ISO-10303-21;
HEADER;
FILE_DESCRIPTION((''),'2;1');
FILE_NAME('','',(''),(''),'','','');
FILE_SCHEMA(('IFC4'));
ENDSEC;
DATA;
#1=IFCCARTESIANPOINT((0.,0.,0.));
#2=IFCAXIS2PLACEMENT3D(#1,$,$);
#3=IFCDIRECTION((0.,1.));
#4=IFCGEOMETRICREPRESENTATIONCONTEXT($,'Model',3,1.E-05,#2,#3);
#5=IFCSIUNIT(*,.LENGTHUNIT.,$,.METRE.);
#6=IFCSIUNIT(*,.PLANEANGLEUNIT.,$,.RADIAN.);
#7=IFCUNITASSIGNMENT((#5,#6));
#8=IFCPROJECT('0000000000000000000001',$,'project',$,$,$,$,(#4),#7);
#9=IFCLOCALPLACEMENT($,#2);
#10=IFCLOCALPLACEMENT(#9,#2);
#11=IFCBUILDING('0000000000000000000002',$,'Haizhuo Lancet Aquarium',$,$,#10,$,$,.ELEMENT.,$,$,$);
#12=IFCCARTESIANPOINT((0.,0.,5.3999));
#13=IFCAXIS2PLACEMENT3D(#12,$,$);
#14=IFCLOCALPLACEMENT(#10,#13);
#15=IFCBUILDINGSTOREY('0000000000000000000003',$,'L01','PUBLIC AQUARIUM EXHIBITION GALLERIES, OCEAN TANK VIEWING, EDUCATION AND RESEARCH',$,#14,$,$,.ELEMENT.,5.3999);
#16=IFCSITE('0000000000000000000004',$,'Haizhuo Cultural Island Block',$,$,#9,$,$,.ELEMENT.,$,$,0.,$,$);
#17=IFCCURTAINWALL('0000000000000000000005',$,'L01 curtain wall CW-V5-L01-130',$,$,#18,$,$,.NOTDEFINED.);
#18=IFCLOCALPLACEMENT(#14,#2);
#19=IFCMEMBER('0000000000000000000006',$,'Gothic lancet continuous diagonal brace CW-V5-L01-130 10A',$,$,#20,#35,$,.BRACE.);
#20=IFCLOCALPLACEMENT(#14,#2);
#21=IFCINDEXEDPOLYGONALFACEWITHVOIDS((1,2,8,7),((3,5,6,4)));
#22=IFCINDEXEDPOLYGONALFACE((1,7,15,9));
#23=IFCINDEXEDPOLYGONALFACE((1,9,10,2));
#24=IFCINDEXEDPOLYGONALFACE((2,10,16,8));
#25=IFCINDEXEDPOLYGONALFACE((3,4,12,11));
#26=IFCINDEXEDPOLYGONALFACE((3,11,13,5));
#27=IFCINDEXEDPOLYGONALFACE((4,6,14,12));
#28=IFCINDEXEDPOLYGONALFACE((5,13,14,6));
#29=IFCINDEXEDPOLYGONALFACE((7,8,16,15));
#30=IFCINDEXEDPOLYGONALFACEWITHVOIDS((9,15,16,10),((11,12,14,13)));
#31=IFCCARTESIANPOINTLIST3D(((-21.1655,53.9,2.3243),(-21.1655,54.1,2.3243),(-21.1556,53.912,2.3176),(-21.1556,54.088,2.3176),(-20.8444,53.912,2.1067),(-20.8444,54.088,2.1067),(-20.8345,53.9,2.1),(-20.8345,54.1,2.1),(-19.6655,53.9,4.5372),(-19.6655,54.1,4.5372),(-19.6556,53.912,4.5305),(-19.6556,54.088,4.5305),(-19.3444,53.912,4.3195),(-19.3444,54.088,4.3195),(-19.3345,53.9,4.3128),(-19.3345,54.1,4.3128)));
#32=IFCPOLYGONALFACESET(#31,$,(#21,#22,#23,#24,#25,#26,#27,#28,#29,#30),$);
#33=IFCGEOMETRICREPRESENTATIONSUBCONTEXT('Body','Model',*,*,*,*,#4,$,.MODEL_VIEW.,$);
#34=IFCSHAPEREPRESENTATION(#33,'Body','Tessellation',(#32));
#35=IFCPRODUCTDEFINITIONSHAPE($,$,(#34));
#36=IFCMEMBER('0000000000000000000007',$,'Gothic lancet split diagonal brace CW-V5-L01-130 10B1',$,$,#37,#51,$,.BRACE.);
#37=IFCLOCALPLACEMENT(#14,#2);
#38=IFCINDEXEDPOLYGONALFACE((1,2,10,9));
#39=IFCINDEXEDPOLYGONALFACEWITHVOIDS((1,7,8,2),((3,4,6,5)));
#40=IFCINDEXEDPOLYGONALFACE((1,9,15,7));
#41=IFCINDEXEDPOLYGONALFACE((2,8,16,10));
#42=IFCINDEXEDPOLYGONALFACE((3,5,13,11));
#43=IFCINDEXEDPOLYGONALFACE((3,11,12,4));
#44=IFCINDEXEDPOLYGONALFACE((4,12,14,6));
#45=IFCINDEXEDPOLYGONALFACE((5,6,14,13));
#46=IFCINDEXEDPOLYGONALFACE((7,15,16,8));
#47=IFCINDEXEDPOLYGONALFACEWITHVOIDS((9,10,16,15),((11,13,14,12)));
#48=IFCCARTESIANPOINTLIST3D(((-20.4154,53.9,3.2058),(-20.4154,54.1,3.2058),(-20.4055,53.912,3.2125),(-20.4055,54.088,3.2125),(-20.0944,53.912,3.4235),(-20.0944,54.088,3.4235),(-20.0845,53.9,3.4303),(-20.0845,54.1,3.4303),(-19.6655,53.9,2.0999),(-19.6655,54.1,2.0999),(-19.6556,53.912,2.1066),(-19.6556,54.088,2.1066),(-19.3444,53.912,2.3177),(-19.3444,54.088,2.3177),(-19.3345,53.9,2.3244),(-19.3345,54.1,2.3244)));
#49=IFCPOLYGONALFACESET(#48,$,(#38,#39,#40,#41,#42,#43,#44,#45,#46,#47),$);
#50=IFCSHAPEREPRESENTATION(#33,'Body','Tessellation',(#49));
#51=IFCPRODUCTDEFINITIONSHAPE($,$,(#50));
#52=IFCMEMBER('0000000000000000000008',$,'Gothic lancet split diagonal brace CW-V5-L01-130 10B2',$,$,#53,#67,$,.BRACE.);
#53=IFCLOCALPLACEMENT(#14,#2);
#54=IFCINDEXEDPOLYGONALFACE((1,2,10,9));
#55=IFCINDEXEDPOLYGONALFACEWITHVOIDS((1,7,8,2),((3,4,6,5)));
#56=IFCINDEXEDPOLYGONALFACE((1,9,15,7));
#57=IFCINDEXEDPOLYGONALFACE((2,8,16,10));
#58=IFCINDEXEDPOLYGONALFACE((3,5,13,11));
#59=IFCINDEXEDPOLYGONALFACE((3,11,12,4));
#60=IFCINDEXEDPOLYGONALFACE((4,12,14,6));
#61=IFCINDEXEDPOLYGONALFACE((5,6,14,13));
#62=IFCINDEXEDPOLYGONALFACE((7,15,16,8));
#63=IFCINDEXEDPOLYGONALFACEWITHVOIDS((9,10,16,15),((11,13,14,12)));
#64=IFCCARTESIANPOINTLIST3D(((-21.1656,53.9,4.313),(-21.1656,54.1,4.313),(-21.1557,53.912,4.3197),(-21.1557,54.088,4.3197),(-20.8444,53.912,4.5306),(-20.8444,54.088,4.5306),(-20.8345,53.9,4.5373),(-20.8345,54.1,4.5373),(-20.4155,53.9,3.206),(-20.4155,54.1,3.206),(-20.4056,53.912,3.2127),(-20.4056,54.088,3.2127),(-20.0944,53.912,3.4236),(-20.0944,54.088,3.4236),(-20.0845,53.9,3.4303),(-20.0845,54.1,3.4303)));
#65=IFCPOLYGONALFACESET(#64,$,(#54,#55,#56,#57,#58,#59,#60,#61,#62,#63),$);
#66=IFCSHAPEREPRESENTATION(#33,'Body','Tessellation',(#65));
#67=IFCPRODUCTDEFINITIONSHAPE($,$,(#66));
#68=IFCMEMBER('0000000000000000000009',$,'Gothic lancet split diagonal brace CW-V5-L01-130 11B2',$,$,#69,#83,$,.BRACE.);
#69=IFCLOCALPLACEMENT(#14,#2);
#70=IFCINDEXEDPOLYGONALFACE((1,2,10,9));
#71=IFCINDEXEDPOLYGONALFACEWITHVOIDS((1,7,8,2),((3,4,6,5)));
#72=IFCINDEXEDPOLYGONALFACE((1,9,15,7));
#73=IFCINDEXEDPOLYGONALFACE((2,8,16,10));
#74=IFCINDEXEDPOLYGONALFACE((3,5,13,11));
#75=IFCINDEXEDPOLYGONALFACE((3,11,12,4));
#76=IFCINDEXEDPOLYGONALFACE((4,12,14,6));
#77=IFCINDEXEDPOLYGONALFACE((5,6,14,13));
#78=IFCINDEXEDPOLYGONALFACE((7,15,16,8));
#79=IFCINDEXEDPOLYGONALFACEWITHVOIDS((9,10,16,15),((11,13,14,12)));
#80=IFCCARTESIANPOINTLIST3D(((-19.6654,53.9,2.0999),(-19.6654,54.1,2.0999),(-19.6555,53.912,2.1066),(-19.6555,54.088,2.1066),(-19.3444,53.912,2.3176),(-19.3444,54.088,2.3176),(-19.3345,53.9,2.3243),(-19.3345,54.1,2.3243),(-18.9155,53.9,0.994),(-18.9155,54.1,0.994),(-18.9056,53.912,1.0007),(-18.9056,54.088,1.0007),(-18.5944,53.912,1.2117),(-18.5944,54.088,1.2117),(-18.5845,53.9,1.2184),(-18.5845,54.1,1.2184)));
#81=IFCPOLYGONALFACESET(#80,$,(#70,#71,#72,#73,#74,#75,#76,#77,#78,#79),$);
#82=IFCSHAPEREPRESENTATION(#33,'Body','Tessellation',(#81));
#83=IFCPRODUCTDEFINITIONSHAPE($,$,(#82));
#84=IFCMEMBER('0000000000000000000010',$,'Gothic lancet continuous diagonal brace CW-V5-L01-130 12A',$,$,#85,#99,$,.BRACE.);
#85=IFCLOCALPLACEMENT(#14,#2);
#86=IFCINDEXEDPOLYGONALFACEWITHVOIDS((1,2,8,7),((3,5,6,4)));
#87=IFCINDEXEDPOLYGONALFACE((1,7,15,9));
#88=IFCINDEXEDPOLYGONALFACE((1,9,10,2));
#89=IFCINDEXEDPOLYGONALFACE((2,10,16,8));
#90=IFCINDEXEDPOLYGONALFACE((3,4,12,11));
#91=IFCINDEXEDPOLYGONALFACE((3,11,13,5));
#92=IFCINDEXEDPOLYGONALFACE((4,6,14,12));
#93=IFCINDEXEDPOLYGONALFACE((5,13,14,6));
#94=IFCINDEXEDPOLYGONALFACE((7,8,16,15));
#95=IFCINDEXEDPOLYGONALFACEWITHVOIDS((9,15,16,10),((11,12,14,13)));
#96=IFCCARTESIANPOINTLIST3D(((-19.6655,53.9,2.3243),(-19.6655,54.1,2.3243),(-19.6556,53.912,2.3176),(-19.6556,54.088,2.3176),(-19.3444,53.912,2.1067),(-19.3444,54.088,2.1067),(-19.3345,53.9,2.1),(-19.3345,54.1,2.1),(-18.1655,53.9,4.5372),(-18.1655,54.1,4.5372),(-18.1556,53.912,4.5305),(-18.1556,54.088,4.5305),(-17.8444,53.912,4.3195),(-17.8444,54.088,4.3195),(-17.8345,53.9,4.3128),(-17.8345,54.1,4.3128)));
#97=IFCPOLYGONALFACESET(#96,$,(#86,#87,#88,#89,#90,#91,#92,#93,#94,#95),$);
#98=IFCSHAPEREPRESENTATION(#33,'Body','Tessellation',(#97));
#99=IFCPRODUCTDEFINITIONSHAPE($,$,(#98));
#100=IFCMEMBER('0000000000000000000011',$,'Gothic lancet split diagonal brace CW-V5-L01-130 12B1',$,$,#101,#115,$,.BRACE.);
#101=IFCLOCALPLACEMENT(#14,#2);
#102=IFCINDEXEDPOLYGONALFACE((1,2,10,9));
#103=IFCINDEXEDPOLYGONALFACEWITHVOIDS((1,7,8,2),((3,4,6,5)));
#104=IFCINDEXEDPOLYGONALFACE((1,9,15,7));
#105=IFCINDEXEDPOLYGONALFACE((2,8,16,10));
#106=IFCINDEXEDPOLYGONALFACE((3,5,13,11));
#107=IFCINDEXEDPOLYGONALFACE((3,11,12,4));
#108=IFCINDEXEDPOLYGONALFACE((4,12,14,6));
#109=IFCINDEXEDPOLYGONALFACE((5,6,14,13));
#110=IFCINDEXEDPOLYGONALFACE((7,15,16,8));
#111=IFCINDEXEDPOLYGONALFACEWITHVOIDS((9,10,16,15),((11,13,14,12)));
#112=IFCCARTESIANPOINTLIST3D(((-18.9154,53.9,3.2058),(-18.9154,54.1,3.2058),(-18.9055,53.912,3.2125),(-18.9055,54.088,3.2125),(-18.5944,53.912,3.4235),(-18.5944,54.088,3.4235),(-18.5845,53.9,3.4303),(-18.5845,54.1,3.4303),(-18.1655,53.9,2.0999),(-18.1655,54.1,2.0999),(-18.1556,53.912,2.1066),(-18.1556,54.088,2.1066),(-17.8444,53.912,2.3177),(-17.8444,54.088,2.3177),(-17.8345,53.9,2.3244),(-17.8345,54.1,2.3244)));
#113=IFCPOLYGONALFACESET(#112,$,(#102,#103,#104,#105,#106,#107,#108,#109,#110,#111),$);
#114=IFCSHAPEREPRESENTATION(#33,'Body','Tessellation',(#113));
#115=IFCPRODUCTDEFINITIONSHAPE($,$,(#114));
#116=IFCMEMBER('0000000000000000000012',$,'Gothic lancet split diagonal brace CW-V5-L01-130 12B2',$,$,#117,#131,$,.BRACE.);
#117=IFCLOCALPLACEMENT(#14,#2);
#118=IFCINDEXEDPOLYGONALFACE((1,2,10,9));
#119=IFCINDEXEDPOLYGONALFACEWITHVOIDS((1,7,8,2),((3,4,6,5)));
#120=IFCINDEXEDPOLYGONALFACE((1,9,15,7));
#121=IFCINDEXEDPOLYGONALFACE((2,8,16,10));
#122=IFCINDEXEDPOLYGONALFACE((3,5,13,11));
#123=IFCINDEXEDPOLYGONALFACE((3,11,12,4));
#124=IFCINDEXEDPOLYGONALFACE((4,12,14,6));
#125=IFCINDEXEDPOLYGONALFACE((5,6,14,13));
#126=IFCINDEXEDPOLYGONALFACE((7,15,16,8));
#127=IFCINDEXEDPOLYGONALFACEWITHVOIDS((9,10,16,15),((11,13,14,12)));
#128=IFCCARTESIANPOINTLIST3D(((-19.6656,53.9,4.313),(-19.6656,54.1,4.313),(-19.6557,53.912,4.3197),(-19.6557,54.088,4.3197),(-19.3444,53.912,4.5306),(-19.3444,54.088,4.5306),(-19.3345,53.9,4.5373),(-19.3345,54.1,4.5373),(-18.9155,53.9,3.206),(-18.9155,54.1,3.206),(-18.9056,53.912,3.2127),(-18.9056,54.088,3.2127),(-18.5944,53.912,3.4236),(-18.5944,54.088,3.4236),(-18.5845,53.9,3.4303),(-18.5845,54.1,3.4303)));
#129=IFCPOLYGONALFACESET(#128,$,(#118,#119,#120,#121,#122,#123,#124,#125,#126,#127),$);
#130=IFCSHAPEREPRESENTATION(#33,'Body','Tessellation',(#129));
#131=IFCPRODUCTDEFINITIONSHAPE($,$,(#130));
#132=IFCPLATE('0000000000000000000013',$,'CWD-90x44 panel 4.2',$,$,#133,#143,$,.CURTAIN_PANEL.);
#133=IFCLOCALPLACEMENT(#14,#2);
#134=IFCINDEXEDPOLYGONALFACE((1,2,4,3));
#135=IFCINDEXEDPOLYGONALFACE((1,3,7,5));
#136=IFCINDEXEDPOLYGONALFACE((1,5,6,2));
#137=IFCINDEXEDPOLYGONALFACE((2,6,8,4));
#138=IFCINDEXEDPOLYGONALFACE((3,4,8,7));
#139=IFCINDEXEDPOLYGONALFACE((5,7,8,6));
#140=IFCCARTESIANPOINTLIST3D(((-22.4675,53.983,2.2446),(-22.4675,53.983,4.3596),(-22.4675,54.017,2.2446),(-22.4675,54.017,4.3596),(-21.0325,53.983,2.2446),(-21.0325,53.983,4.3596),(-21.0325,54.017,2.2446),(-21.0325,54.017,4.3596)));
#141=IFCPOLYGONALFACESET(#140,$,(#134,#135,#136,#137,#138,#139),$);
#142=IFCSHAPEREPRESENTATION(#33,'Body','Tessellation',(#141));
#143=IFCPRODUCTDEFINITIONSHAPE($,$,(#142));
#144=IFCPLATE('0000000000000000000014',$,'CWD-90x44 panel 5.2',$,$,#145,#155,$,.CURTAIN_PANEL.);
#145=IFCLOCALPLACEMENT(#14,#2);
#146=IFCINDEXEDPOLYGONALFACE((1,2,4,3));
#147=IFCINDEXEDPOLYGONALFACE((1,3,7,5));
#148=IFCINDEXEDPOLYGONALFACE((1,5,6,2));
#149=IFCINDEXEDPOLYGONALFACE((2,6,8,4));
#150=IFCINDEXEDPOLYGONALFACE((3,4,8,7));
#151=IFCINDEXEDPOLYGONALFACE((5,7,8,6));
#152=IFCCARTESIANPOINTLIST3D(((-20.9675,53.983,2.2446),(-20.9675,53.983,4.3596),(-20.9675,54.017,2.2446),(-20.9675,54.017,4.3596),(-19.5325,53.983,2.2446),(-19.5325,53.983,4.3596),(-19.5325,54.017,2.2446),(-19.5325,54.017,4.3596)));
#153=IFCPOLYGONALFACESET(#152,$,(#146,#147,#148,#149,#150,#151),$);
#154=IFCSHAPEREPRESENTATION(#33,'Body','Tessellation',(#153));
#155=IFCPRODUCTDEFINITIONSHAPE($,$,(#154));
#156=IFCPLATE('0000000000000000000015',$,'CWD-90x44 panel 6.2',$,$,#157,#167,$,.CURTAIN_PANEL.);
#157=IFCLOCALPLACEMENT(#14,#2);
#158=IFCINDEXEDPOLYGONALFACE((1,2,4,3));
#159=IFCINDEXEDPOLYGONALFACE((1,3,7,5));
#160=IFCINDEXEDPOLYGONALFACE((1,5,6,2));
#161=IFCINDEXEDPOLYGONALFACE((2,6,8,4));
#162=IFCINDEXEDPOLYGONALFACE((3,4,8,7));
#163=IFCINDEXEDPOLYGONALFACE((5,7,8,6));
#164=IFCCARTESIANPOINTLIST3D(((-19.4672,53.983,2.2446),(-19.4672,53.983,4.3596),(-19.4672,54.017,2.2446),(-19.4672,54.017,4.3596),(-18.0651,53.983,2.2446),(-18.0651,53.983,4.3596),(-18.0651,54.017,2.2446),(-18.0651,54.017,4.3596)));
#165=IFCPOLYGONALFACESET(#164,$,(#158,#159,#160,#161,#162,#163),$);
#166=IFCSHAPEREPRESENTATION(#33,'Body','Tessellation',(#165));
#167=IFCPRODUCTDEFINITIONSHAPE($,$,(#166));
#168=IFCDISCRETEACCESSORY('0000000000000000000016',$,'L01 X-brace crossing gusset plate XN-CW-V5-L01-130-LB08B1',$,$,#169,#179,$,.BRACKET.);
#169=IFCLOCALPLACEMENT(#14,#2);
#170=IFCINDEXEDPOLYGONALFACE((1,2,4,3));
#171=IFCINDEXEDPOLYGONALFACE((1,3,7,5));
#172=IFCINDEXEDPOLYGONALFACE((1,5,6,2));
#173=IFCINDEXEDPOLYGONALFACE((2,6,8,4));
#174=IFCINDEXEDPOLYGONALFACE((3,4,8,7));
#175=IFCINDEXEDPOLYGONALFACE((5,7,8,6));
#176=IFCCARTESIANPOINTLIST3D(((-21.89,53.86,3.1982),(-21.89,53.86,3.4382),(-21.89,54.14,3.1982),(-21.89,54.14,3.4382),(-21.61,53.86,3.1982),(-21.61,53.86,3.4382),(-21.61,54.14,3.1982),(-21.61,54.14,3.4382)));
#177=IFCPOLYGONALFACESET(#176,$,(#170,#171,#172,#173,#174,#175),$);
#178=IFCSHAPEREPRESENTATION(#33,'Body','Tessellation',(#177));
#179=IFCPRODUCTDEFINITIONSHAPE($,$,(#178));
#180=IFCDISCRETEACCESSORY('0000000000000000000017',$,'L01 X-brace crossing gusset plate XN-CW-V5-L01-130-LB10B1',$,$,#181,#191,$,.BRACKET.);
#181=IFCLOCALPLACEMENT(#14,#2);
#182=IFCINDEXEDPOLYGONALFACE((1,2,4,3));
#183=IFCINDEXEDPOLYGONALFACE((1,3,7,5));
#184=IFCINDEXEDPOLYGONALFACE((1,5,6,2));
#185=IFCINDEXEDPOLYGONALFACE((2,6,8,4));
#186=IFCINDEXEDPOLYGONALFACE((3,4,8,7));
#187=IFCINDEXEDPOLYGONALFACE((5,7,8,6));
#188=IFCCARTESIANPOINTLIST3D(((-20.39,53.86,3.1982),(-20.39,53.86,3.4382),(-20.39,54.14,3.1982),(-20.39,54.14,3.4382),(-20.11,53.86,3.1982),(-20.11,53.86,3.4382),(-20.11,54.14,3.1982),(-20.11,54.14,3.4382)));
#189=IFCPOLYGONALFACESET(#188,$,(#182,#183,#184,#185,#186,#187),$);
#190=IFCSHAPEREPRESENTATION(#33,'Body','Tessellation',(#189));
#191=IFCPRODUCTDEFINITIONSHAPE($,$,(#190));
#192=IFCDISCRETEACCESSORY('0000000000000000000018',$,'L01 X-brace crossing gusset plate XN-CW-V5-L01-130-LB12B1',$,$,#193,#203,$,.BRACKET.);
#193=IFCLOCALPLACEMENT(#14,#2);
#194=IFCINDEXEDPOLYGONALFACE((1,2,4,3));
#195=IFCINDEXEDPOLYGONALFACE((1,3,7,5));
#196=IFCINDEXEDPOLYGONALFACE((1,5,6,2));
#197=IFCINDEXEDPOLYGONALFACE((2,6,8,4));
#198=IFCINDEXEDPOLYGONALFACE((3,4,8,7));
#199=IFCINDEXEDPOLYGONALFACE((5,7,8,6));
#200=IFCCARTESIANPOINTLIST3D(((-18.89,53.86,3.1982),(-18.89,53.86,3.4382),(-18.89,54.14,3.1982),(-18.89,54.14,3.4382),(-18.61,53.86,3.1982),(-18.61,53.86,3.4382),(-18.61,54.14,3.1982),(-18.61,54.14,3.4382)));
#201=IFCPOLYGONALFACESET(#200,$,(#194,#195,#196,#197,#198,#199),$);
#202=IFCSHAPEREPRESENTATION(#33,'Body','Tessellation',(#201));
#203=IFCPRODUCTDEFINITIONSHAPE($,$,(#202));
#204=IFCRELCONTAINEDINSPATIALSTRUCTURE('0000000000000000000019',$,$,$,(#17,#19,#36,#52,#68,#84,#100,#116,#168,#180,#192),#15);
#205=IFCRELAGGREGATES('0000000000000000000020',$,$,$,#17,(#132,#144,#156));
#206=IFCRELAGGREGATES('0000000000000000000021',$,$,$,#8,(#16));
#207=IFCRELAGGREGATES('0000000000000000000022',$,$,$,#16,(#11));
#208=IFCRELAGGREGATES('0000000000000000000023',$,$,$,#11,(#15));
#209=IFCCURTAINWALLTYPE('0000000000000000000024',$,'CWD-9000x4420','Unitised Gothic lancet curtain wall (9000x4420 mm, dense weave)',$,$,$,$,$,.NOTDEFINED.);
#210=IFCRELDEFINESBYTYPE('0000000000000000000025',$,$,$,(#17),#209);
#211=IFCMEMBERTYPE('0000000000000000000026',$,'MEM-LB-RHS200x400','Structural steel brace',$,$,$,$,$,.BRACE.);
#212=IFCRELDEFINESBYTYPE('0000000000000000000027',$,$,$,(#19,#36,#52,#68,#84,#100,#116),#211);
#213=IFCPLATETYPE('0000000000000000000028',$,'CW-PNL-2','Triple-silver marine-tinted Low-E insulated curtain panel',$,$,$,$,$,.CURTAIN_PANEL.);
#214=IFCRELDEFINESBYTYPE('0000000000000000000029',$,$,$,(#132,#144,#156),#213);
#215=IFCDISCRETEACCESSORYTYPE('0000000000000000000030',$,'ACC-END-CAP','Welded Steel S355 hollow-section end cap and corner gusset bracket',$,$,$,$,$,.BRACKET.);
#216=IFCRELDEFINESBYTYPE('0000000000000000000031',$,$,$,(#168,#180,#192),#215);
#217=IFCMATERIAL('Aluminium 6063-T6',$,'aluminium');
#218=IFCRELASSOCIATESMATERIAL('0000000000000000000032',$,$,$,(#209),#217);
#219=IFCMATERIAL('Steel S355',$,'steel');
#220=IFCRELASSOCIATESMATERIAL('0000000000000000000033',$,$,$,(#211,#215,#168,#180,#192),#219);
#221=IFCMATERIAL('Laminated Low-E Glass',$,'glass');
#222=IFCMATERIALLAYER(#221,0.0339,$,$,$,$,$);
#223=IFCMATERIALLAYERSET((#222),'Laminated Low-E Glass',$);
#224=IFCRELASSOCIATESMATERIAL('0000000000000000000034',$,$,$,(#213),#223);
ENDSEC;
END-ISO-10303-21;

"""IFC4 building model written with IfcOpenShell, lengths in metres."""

from ifc_helpers import new_model, si_unit, direction, frame, origin, origin_2d, place, context, subcontext, project, spatial, rectangle, hollow_rectangle, extrude, material, layer, layer_set, material_profile, profile_set, type_object, element, aggregate, save


model = new_model("IFC4")

# Units and contexts
model_context = context("Model", 3, precision=1e-05, world=origin(), true_north=direction((0.0, 1.0)))
body_context = subcontext(model_context, "Body", "Model", "MODEL_VIEW")
ifc_project = project(units=[si_unit("LENGTHUNIT", "METRE"), si_unit("PLANEANGLEUNIT", "RADIAN")], contexts=[model_context])

# Site, building, storey
site_placement = place(None, origin())
site = spatial("IfcSite", under=ifc_project, at=site_placement, Name="Haizhuo Cultural Island Block", CompositionType="ELEMENT", RefElevation=0.0)
building_placement = place(site_placement, origin())
building = spatial("IfcBuilding", under=site, at=building_placement, Name="Haizhuo Lancet Aquarium", CompositionType="ELEMENT")
storey_placement = place(building_placement, frame((0.0, 0.0, 5.3999)))
storey = spatial("IfcBuildingStorey", under=building, at=storey_placement, Name="L01", Description="PUBLIC AQUARIUM EXHIBITION GALLERIES, OCEAN TANK VIEWING, EDUCATION AND RESEARCH", CompositionType="ELEMENT", Elevation=5.3999)

# Curtain wall
ifc_material_1 = material(Name="Aluminium 6063-T6", Category="aluminium")
curtain_wall_type = type_object("IfcCurtainWallType", Name="CWD-9000x4420", Description="Unitised Gothic lancet curtain wall (9000x4420 mm, dense weave)", PredefinedType="NOTDEFINED", material=ifc_material_1)
curtain_wall_placement = place(storey_placement, origin())
curtain_wall = element("IfcCurtainWall", 1, at=curtain_wall_placement, inside=storey, type_object=curtain_wall_type, Name="L01 curtain wall CW-V5-L01-130", PredefinedType="NOTDEFINED")

# Members
ifc_material_2 = material(Name="Steel S355", Category="steel")
ifc_material_profile_1 = material_profile(ifc_material_2, hollow_rectangle(XDim=0.2, YDim=0.3999, WallThickness=0.012, at=origin_2d()), Name="RHS 200x400x12")
ifc_profile_set_1 = profile_set([ifc_material_profile_1], Name="Steel S355")
member_type_1 = type_object("IfcMemberType", Name="MEM-LB-RHS200x400", Description="Structural steel brace", PredefinedType="BRACE", material=ifc_profile_set_1)
member_1_placement = place(storey_placement, frame((-21.0, 54.0, 2.2122), z_axis=(0.56109, 0.0, 0.827755), x_axis=(0.0, 1.0, 0.0)))
element("IfcMember", 2, at=member_1_placement, inside=storey, type_object=member_type_1, Name="Gothic lancet continuous diagonal brace CW-V5-L01-130 10A", PredefinedType="BRACE", context=body_context, shape_type="SweptSolid", body=[
    extrude(hollow_rectangle(XDim=0.2, YDim=0.3999, WallThickness=0.012, at=origin_2d()), origin(), (0.0, 0.0, 1.0), 2.6733),
])
member_2_placement = place(storey_placement, frame((-19.5, 54.0, 2.2122), z_axis=(-0.56126, 0.0, 0.827639), x_axis=(0.0, -1.0, 0.0)))
element("IfcMember", 3, at=member_2_placement, inside=storey, type_object=member_type_1, Name="Gothic lancet split diagonal brace CW-V5-L01-130 10B1", PredefinedType="BRACE", context=body_context, shape_type="SweptSolid", body=[
    extrude(hollow_rectangle(XDim=0.2, YDim=0.3999, WallThickness=0.012, at=origin_2d()), origin(), (0.0, 0.0, 1.0), 1.3362),
])
member_3_placement = place(storey_placement, frame((-20.25, 54.0, 3.3181), z_axis=(-0.560921, 0.0, 0.827869), x_axis=(0.0, -1.0, 0.0)))
element("IfcMember", 4, at=member_3_placement, inside=storey, type_object=member_type_1, Name="Gothic lancet split diagonal brace CW-V5-L01-130 10B2", PredefinedType="BRACE", context=body_context, shape_type="SweptSolid", body=[
    extrude(hollow_rectangle(XDim=0.2, YDim=0.3999, WallThickness=0.012, at=origin_2d()), origin(), (0.0, 0.0, 1.0), 1.3372),
])
member_4_placement = place(storey_placement, frame((-18.75, 54.0, 1.1062), z_axis=(-0.56126, 0.0, 0.827639), x_axis=(0.0, -1.0, 0.0)))
element("IfcMember", 5, at=member_4_placement, inside=storey, type_object=member_type_1, Name="Gothic lancet split diagonal brace CW-V5-L01-130 11B2", PredefinedType="BRACE", context=body_context, shape_type="SweptSolid", body=[
    extrude(hollow_rectangle(XDim=0.2, YDim=0.3999, WallThickness=0.012, at=origin_2d()), origin(), (0.0, 0.0, 1.0), 1.3362),
])
member_5_placement = place(storey_placement, frame((-19.5, 54.0, 2.2122), z_axis=(0.56109, 0.0, 0.827755), x_axis=(0.0, 1.0, 0.0)))
element("IfcMember", 6, at=member_5_placement, inside=storey, type_object=member_type_1, Name="Gothic lancet continuous diagonal brace CW-V5-L01-130 12A", PredefinedType="BRACE", context=body_context, shape_type="SweptSolid", body=[
    extrude(hollow_rectangle(XDim=0.2, YDim=0.3999, WallThickness=0.012, at=origin_2d()), origin(), (0.0, 0.0, 1.0), 2.6733),
])
member_6_placement = place(storey_placement, frame((-18.0, 54.0, 2.2122), z_axis=(-0.56126, 0.0, 0.827639), x_axis=(0.0, -1.0, 0.0)))
element("IfcMember", 7, at=member_6_placement, inside=storey, type_object=member_type_1, Name="Gothic lancet split diagonal brace CW-V5-L01-130 12B1", PredefinedType="BRACE", context=body_context, shape_type="SweptSolid", body=[
    extrude(hollow_rectangle(XDim=0.2, YDim=0.3999, WallThickness=0.012, at=origin_2d()), origin(), (0.0, 0.0, 1.0), 1.3362),
])
member_7_placement = place(storey_placement, frame((-18.75, 54.0, 3.3181), z_axis=(-0.560921, 0.0, 0.827869), x_axis=(0.0, -1.0, 0.0)))
element("IfcMember", 8, at=member_7_placement, inside=storey, type_object=member_type_1, Name="Gothic lancet split diagonal brace CW-V5-L01-130 12B2", PredefinedType="BRACE", context=body_context, shape_type="SweptSolid", body=[
    extrude(hollow_rectangle(XDim=0.2, YDim=0.3999, WallThickness=0.012, at=origin_2d()), origin(), (0.0, 0.0, 1.0), 1.3372),
])

# Plates
ifc_material_3 = material(Name="Laminated Low-E Glass", Category="glass")
ifc_layer = layer(ifc_material_3, 0.0339)
ifc_layer_set = layer_set([ifc_layer], Name="Laminated Low-E Glass")
plate_type = type_object("IfcPlateType", Name="CW-PNL-2", Description="Triple-silver marine-tinted Low-E insulated curtain panel", PredefinedType="CURTAIN_PANEL", material=ifc_layer_set)
plate_1_placement = place(storey_placement, frame((-21.75, 54.0, 2.2446), z_axis=(0.0, 0.0, 1.0), x_axis=(1.0, 0.0, 0.0)))
plate_1 = element("IfcPlate", 9, at=plate_1_placement, type_object=plate_type, Name="CWD-90x44 panel 4.2", PredefinedType="CURTAIN_PANEL", context=body_context, shape_type="SweptSolid", body=[
    extrude(rectangle(XDim=1.4351, YDim=0.0339, at=origin_2d()), origin(), (0.0, 0.0, 1.0), 2.115),
])
plate_2_placement = place(storey_placement, frame((-20.25, 54.0, 2.2446), z_axis=(0.0, 0.0, 1.0), x_axis=(1.0, 0.0, 0.0)))
plate_2 = element("IfcPlate", 10, at=plate_2_placement, type_object=plate_type, Name="CWD-90x44 panel 5.2", PredefinedType="CURTAIN_PANEL", context=body_context, shape_type="SweptSolid", body=[
    extrude(rectangle(XDim=1.4351, YDim=0.0339, at=origin_2d()), origin(), (0.0, 0.0, 1.0), 2.115),
])
plate_3_placement = place(storey_placement, frame((-18.7661, 54.0, 2.2446), z_axis=(0.0, 0.0, 1.0), x_axis=(1.0, 0.0, 0.0)))
plate_3 = element("IfcPlate", 11, at=plate_3_placement, type_object=plate_type, Name="CWD-90x44 panel 6.2", PredefinedType="CURTAIN_PANEL", context=body_context, shape_type="SweptSolid", body=[
    extrude(rectangle(XDim=1.4021, YDim=0.0339, at=origin_2d()), origin(), (0.0, 0.0, 1.0), 2.115),
])
aggregate(curtain_wall, [plate_1, plate_2, plate_3])

# Discrete accessories
discrete_accessory_type = type_object("IfcDiscreteAccessoryType", Name="ACC-END-CAP", Description="Welded Steel S355 hollow-section end cap and corner gusset bracket", PredefinedType="BRACKET", material=ifc_material_2)
for number, where, z_axis, x_axis, name in (
    (12, (-21.75, 54.0, 3.1982), (0.0, 0.0, 1.0), (1.0, 0.0, 0.0), "L01 X-brace crossing gusset plate XN-CW-V5-L01-130-LB08B1"),
    (13, (-20.25, 54.0, 3.1982), (0.0, 0.0, 1.0), (1.0, 0.0, 0.0), "L01 X-brace crossing gusset plate XN-CW-V5-L01-130-LB10B1"),
    (14, (-18.75, 54.0, 3.1982), (0.0, 0.0, 1.0), (1.0, 0.0, 0.0), "L01 X-brace crossing gusset plate XN-CW-V5-L01-130-LB12B1"),
):
    element("IfcDiscreteAccessory", number, at=place(storey_placement, frame(where, z_axis=z_axis, x_axis=x_axis)), inside=storey, type_object=discrete_accessory_type, material=ifc_material_2, Name=name, PredefinedType="BRACKET", context=body_context, shape_type="SweptSolid", body=[
        extrude(rectangle(XDim=0.28, YDim=0.28, at=origin_2d()), origin(), (0.0, 0.0, 1.0), 0.24),
    ])

save(model, "model.ifc")
